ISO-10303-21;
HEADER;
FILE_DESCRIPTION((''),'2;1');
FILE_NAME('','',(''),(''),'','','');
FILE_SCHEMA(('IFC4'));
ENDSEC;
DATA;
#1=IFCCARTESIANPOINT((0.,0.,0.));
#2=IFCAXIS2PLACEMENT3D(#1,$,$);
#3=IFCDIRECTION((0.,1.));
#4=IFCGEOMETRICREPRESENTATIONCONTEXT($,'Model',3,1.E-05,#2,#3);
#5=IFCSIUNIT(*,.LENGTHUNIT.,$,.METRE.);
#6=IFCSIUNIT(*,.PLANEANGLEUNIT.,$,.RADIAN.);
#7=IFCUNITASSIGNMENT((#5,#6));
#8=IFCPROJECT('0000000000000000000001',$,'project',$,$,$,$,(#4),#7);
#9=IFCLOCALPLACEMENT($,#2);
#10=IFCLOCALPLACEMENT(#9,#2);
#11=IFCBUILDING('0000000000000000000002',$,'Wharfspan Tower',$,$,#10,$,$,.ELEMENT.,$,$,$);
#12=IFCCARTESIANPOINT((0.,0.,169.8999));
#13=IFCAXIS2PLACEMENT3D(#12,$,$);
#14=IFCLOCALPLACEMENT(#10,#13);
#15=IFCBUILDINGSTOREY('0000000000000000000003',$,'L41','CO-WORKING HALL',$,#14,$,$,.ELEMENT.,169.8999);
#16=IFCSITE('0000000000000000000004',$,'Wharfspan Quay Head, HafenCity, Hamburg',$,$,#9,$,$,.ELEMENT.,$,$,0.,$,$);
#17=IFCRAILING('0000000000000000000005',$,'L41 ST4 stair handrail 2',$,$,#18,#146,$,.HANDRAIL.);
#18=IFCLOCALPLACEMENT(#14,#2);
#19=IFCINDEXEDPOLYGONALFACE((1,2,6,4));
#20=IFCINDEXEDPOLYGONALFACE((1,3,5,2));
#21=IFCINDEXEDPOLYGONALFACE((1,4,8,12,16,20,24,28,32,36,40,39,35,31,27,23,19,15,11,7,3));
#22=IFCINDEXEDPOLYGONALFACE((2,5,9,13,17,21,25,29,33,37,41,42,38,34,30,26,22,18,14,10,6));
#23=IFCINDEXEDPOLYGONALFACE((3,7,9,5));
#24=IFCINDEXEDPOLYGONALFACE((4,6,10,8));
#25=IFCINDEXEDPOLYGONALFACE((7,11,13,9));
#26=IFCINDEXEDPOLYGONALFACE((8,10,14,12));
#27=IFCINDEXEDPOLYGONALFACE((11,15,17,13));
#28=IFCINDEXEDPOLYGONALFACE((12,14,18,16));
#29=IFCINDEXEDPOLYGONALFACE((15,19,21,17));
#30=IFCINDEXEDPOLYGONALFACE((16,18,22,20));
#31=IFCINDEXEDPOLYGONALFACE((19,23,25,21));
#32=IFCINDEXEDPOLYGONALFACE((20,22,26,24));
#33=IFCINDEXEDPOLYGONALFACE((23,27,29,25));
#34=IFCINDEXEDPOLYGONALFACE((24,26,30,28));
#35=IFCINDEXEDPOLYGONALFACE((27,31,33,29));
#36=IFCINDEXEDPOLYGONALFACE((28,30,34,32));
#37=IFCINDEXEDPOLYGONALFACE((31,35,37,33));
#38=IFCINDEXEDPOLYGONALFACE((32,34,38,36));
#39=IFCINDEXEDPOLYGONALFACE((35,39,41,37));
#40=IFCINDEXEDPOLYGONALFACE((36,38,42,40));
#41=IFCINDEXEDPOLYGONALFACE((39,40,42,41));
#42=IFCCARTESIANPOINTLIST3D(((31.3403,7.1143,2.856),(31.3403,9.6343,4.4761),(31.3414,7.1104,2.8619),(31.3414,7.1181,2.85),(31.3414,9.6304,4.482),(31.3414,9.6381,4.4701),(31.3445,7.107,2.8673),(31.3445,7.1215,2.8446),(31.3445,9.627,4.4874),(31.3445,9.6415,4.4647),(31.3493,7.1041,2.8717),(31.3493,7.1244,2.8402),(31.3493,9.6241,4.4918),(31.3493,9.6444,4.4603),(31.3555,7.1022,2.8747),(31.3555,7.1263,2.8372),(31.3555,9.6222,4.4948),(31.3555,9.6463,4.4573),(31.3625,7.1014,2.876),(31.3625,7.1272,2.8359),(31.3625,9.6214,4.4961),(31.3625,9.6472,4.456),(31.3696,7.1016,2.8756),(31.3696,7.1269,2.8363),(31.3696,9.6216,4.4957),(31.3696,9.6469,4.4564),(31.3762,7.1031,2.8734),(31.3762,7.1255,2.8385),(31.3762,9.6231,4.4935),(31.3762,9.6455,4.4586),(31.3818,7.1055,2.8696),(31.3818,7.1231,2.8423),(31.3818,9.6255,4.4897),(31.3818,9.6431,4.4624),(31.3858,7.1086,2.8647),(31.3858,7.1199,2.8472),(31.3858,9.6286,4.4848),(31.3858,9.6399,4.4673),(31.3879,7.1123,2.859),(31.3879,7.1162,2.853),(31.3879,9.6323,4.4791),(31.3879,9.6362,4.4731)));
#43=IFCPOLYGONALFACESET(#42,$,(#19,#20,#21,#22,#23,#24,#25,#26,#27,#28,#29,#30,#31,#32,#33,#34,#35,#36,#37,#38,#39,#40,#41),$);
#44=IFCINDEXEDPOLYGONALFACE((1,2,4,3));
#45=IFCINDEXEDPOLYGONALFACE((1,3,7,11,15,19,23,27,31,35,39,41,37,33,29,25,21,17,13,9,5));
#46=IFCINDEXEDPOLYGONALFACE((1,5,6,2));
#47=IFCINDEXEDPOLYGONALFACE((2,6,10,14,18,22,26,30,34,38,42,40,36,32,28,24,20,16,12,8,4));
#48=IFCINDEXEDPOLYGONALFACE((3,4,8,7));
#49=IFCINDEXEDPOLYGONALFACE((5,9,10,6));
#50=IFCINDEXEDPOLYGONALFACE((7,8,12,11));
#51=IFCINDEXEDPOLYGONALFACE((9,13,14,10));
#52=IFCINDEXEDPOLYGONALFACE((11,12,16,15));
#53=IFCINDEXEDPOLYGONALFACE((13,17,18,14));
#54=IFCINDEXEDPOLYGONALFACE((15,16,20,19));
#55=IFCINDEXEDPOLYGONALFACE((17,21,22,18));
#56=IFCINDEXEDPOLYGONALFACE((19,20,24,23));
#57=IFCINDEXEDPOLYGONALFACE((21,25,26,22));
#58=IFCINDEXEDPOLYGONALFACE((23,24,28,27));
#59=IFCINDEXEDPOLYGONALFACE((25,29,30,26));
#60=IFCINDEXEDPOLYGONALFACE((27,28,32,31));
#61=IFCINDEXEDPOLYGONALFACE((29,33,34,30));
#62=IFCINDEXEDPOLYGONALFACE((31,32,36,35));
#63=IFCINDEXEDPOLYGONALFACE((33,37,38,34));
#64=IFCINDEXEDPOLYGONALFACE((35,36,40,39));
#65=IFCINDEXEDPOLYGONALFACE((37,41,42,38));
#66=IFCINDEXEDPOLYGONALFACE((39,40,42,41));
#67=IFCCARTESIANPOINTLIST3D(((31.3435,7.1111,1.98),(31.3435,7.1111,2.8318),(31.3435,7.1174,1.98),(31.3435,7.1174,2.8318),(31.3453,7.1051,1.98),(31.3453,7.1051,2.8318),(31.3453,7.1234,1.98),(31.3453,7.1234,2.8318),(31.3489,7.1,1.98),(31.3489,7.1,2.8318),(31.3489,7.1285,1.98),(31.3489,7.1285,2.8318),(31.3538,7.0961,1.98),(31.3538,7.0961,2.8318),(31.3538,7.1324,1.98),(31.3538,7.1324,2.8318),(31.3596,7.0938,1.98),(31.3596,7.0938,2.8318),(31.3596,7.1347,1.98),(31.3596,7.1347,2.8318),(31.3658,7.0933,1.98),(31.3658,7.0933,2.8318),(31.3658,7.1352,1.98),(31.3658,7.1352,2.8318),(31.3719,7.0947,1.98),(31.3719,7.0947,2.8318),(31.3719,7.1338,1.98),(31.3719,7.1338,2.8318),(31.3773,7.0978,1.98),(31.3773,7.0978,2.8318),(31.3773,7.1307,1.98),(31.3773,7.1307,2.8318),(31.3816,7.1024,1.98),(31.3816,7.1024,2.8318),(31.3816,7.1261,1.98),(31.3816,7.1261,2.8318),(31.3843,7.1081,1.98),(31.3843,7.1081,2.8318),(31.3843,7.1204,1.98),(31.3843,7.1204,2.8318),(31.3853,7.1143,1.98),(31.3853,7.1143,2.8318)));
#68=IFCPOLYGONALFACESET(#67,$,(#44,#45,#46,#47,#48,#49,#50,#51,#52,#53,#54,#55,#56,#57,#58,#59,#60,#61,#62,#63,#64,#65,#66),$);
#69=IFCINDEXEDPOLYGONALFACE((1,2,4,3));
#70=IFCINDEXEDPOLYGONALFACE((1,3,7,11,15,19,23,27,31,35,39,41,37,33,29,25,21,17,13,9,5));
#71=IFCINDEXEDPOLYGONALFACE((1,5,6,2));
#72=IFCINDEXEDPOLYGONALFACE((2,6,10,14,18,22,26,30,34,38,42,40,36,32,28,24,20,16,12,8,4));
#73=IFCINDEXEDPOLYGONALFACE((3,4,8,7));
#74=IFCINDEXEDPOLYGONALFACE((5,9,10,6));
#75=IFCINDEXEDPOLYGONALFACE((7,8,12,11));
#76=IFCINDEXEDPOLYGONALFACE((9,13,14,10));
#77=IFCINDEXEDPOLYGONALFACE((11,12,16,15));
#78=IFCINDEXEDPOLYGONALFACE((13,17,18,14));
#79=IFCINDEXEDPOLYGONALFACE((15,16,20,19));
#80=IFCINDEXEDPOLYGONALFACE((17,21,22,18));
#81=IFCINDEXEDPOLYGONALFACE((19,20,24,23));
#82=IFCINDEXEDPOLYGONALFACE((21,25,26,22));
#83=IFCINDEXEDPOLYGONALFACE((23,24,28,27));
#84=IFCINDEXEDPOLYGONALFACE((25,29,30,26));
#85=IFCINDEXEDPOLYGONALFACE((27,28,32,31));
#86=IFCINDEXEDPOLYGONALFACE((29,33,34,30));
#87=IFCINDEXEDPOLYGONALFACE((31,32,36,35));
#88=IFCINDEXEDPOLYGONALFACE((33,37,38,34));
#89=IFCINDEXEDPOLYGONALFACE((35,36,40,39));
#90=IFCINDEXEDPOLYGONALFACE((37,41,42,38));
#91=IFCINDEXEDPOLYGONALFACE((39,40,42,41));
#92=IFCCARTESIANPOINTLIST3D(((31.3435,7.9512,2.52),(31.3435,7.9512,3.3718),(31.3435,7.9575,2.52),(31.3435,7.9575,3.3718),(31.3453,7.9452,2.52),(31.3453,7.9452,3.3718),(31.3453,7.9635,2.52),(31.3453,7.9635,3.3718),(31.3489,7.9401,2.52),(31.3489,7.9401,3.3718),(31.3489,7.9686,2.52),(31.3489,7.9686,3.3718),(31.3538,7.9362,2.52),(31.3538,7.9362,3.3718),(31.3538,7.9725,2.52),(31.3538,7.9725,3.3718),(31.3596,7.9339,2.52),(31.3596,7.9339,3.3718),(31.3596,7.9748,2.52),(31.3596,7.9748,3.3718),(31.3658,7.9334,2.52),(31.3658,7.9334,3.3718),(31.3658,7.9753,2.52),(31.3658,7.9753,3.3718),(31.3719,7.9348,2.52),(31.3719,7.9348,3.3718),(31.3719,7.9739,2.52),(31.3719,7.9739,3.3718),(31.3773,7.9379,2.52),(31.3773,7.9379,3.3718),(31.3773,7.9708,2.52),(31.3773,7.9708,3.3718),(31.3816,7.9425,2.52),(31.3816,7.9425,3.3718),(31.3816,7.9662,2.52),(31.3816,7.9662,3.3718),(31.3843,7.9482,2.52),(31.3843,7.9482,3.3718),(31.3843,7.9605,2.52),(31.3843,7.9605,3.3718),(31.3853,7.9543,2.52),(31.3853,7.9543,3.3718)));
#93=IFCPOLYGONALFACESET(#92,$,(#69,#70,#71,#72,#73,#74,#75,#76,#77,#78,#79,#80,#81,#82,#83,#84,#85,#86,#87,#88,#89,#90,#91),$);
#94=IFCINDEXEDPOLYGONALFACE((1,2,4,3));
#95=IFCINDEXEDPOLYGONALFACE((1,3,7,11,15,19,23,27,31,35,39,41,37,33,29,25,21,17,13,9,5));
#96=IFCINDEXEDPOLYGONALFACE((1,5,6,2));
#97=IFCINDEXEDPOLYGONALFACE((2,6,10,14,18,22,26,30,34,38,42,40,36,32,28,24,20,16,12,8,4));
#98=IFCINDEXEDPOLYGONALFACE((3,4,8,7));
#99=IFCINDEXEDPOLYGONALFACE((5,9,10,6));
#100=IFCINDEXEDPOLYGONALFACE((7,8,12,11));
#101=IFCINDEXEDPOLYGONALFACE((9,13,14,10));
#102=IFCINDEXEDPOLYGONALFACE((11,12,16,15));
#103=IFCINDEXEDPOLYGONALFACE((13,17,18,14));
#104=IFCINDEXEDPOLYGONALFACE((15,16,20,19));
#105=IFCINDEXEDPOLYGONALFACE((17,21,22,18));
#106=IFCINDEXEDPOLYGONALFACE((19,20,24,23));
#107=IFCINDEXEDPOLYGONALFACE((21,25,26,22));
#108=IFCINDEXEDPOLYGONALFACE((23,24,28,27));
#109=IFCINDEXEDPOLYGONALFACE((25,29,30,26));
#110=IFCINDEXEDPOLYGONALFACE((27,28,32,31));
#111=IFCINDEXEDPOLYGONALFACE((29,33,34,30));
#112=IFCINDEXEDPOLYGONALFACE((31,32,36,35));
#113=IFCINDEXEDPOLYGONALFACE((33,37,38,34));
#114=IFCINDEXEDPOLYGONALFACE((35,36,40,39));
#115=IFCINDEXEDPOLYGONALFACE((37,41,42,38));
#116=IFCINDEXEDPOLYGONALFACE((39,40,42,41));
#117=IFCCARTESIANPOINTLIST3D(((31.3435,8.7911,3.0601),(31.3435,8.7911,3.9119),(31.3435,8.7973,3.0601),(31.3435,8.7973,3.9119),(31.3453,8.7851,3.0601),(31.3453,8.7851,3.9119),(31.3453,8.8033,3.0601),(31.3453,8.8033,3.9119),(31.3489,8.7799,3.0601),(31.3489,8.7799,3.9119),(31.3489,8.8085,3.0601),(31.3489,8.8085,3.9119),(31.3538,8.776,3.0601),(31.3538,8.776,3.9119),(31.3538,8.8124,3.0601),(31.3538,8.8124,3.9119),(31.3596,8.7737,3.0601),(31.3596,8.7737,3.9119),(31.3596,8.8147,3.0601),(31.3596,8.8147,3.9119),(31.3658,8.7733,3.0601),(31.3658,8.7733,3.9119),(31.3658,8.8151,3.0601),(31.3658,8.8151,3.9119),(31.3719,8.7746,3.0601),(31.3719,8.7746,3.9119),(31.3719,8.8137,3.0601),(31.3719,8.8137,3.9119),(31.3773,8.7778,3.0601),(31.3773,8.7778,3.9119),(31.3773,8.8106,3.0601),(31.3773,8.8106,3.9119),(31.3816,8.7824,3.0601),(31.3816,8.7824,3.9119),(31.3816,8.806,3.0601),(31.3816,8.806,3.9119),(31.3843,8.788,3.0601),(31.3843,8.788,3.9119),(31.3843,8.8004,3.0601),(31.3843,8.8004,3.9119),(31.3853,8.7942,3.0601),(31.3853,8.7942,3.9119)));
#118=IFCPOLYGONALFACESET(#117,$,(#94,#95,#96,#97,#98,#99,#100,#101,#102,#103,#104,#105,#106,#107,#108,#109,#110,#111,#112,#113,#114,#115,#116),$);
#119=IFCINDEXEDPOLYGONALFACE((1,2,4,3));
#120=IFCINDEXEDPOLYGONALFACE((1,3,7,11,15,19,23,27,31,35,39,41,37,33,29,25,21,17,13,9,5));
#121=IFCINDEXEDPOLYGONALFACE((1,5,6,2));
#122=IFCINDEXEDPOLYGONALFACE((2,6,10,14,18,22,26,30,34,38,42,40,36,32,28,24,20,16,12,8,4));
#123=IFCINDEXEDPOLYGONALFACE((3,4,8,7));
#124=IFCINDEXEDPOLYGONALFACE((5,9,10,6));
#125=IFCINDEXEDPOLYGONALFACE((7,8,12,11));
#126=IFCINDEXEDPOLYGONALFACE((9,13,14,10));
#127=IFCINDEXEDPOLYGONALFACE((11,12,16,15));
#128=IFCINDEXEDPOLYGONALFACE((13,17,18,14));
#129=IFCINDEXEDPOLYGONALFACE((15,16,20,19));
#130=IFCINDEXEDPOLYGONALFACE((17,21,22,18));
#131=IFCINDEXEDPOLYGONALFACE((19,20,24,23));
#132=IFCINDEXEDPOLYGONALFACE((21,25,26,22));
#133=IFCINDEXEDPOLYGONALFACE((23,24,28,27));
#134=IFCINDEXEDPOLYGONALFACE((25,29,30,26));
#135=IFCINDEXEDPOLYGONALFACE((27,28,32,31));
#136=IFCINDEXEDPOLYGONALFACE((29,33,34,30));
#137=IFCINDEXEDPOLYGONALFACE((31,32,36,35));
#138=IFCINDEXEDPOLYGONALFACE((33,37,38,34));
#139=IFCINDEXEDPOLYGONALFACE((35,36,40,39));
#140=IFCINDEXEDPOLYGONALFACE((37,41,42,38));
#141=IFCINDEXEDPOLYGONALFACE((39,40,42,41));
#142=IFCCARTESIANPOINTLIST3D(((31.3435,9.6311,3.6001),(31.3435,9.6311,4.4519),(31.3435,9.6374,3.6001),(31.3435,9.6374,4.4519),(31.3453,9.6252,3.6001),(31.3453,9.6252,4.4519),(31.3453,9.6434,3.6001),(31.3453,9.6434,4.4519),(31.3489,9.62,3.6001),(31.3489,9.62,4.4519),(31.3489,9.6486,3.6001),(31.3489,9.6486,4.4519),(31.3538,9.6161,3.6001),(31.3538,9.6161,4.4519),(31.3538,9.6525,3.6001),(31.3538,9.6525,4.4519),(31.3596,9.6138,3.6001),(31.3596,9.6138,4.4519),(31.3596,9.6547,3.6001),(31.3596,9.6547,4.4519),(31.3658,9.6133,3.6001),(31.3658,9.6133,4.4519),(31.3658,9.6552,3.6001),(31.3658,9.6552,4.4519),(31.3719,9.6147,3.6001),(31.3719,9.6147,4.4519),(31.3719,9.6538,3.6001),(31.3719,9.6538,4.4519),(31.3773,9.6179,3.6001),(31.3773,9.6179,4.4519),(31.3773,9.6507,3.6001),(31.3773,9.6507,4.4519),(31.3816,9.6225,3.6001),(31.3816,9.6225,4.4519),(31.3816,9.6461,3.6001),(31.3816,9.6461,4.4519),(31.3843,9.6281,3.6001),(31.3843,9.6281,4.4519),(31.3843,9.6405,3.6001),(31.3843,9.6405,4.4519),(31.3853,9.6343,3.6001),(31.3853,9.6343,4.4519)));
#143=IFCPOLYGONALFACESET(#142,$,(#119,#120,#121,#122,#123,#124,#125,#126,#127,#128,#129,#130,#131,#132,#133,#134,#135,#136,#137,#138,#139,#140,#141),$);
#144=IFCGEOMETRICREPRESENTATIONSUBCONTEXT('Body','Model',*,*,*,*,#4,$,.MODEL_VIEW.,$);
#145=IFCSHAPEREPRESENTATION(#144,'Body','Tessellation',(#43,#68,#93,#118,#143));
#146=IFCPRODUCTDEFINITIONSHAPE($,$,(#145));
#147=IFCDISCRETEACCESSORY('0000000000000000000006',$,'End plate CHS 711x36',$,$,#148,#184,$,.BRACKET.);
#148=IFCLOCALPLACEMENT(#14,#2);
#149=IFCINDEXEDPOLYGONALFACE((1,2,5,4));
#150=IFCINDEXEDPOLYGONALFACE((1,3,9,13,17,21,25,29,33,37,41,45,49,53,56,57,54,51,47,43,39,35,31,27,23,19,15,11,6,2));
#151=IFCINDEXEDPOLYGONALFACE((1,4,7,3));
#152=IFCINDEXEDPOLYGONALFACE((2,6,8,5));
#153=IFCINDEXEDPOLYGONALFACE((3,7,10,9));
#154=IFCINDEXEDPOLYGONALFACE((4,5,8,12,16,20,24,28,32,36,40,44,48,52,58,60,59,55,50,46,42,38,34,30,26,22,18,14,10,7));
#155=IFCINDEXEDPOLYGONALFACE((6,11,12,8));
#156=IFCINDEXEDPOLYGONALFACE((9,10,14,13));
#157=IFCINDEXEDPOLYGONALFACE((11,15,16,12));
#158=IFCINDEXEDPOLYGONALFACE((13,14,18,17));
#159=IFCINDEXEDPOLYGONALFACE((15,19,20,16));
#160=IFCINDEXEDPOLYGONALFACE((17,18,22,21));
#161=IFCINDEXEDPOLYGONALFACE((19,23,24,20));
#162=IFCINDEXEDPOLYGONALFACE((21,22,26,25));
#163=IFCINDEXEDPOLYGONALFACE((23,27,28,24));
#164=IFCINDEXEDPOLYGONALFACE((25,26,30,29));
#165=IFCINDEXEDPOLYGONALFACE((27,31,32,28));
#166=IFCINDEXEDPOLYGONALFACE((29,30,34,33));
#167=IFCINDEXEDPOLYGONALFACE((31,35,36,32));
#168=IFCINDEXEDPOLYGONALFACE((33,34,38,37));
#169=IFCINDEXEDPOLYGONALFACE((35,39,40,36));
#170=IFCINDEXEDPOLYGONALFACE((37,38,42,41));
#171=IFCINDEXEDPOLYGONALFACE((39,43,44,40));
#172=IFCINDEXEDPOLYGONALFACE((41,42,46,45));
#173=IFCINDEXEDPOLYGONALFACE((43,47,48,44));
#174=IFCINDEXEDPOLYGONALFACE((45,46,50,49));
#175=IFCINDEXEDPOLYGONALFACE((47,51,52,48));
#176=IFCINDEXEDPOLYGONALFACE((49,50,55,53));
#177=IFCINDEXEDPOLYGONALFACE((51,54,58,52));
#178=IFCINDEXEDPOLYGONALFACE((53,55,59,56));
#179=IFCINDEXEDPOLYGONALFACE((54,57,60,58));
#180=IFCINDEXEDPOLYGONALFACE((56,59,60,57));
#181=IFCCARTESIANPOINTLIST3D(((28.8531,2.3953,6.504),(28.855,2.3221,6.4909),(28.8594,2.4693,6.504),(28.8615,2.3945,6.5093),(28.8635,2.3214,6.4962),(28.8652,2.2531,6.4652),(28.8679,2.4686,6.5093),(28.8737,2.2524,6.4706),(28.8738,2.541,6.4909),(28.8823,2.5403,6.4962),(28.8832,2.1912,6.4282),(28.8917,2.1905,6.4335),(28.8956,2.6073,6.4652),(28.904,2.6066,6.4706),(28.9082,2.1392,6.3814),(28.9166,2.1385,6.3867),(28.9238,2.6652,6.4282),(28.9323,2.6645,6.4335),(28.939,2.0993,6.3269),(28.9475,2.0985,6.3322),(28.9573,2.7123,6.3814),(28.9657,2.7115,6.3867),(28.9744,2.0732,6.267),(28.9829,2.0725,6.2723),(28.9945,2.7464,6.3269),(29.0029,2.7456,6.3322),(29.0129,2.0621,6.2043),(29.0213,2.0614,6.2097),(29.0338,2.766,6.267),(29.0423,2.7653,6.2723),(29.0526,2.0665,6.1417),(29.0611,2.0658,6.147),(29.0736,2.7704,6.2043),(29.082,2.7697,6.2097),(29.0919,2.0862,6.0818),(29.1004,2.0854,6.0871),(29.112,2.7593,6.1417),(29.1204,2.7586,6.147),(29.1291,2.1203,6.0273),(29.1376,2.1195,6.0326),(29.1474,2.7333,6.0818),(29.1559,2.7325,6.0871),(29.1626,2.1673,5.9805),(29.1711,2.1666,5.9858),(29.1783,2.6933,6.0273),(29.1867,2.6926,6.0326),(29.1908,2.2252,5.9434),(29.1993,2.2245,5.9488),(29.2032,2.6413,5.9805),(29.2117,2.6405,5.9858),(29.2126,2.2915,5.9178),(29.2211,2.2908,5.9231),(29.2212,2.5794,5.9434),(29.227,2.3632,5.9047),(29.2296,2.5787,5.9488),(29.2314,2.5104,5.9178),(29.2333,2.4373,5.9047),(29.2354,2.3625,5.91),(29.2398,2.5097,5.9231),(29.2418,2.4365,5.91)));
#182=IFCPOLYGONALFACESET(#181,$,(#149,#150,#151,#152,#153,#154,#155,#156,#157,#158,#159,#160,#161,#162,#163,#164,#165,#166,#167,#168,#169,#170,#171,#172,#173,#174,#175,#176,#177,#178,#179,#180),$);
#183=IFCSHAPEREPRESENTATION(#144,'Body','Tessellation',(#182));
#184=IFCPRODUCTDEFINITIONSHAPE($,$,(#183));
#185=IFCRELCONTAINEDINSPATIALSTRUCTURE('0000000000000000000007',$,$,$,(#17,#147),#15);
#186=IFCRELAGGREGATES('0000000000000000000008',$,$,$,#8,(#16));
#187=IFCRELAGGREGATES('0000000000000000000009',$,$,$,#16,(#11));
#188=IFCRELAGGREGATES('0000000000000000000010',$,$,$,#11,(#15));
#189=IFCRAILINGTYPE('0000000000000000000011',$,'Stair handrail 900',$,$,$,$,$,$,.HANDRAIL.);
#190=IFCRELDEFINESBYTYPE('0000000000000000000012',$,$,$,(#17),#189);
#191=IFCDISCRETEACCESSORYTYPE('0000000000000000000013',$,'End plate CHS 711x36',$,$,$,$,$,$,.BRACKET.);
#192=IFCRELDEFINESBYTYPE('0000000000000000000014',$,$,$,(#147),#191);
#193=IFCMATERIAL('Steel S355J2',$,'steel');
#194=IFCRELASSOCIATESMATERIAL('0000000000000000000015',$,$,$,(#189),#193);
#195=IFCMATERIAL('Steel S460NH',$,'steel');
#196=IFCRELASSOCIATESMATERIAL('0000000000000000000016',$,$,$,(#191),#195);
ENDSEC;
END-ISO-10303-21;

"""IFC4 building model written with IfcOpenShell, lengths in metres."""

from ifc_helpers import new_model, si_unit, direction, frame, origin, origin_2d, place, context, subcontext, project, spatial, circle, extrude, material, material_profile, profile_set, type_object, element, save


model = new_model("IFC4")

# Units and contexts
model_context = context("Model", 3, precision=1e-05, world=origin(), true_north=direction((0.0, 1.0)))
body_context = subcontext(model_context, "Body", "Model", "MODEL_VIEW")
ifc_project = project(units=[si_unit("LENGTHUNIT", "METRE"), si_unit("PLANEANGLEUNIT", "RADIAN")], contexts=[model_context])

# Site, building, storey
site_placement = place(None, origin())
site = spatial("IfcSite", under=ifc_project, at=site_placement, Name="Wharfspan Quay Head, HafenCity, Hamburg", CompositionType="ELEMENT", RefElevation=0.0)
building_placement = place(site_placement, origin())
building = spatial("IfcBuilding", under=site, at=building_placement, Name="Wharfspan Tower", CompositionType="ELEMENT")
storey_placement = place(building_placement, frame((0.0, 0.0, 169.8999)))
storey = spatial("IfcBuildingStorey", under=building, at=storey_placement, Name="L41", Description="CO-WORKING HALL", CompositionType="ELEMENT", Elevation=169.8999)

# Shared definitions
ifc_material_1 = material(Name="Steel S355J2", Category="steel")

# Shared definitions
ifc_material_2 = material(Name="Steel S460NH", Category="steel")

# Railing
railing_type_1 = type_object("IfcRailingType", Name="Stair handrail 900", PredefinedType="HANDRAIL", material=ifc_material_1)
railing_1_placement = place(storey_placement, frame((31.3643, 7.1143, 1.98)))
element("IfcRailing", 1, at=railing_1_placement, inside=storey, type_object=railing_type_1, Name="L41 ST4 stair handrail 2", PredefinedType="HANDRAIL", context=body_context, shape_type="SweptSolid", body=[
    extrude(circle(Radius=0.0239, at=origin_2d()), frame((0.0, 0.0, 0.876), z_axis=(0.0, 0.841163, 0.540782), x_axis=(-1.0, 0.0, 0.0)), (0.0, 0.0, 1.0), 2.9958),
    extrude(circle(Radius=0.021, at=origin_2d()), origin(), (0.0, 0.0, 1.0), 0.8518),
    extrude(circle(Radius=0.021, at=origin_2d()), frame((0.0, 0.8401, 0.54)), (0.0, 0.0, 1.0), 0.8518),
    extrude(circle(Radius=0.021, at=origin_2d()), frame((0.0, 1.6799, 1.0801)), (0.0, 0.0, 1.0), 0.8518),
    extrude(circle(Radius=0.021, at=origin_2d()), frame((0.0, 2.52, 1.6201)), (0.0, 0.0, 1.0), 0.8518),
])

# Discrete accessory
ifc_material_profile_1 = material_profile(ifc_material_2, circle(Radius=0.3555, at=origin_2d()))
ifc_profile_set_1 = profile_set([ifc_material_profile_1], Name="Steel S460NH")
discrete_accessory_type = type_object("IfcDiscreteAccessoryType", Name="End plate CHS 711x36", PredefinedType="BRACKET", material=ifc_profile_set_1)
for number, where, z_axis, x_axis, name in (
    (2, (29.0432, 2.4163, 6.2043), (0.844416, -0.072379, 0.530776), (0.085402, 0.99635, 0.0), "End plate CHS 711x36"),
):
    element("IfcDiscreteAccessory", number, at=place(storey_placement, frame(where, z_axis=z_axis, x_axis=x_axis)), inside=storey, type_object=discrete_accessory_type, Name=name, PredefinedType="BRACKET", context=body_context, shape_type="SweptSolid", body=[
        extrude(circle(Radius=0.3555, at=origin_2d()), origin(), (0.0, 0.0, 1.0), 0.01),
    ])

save(model, "model.ifc")
